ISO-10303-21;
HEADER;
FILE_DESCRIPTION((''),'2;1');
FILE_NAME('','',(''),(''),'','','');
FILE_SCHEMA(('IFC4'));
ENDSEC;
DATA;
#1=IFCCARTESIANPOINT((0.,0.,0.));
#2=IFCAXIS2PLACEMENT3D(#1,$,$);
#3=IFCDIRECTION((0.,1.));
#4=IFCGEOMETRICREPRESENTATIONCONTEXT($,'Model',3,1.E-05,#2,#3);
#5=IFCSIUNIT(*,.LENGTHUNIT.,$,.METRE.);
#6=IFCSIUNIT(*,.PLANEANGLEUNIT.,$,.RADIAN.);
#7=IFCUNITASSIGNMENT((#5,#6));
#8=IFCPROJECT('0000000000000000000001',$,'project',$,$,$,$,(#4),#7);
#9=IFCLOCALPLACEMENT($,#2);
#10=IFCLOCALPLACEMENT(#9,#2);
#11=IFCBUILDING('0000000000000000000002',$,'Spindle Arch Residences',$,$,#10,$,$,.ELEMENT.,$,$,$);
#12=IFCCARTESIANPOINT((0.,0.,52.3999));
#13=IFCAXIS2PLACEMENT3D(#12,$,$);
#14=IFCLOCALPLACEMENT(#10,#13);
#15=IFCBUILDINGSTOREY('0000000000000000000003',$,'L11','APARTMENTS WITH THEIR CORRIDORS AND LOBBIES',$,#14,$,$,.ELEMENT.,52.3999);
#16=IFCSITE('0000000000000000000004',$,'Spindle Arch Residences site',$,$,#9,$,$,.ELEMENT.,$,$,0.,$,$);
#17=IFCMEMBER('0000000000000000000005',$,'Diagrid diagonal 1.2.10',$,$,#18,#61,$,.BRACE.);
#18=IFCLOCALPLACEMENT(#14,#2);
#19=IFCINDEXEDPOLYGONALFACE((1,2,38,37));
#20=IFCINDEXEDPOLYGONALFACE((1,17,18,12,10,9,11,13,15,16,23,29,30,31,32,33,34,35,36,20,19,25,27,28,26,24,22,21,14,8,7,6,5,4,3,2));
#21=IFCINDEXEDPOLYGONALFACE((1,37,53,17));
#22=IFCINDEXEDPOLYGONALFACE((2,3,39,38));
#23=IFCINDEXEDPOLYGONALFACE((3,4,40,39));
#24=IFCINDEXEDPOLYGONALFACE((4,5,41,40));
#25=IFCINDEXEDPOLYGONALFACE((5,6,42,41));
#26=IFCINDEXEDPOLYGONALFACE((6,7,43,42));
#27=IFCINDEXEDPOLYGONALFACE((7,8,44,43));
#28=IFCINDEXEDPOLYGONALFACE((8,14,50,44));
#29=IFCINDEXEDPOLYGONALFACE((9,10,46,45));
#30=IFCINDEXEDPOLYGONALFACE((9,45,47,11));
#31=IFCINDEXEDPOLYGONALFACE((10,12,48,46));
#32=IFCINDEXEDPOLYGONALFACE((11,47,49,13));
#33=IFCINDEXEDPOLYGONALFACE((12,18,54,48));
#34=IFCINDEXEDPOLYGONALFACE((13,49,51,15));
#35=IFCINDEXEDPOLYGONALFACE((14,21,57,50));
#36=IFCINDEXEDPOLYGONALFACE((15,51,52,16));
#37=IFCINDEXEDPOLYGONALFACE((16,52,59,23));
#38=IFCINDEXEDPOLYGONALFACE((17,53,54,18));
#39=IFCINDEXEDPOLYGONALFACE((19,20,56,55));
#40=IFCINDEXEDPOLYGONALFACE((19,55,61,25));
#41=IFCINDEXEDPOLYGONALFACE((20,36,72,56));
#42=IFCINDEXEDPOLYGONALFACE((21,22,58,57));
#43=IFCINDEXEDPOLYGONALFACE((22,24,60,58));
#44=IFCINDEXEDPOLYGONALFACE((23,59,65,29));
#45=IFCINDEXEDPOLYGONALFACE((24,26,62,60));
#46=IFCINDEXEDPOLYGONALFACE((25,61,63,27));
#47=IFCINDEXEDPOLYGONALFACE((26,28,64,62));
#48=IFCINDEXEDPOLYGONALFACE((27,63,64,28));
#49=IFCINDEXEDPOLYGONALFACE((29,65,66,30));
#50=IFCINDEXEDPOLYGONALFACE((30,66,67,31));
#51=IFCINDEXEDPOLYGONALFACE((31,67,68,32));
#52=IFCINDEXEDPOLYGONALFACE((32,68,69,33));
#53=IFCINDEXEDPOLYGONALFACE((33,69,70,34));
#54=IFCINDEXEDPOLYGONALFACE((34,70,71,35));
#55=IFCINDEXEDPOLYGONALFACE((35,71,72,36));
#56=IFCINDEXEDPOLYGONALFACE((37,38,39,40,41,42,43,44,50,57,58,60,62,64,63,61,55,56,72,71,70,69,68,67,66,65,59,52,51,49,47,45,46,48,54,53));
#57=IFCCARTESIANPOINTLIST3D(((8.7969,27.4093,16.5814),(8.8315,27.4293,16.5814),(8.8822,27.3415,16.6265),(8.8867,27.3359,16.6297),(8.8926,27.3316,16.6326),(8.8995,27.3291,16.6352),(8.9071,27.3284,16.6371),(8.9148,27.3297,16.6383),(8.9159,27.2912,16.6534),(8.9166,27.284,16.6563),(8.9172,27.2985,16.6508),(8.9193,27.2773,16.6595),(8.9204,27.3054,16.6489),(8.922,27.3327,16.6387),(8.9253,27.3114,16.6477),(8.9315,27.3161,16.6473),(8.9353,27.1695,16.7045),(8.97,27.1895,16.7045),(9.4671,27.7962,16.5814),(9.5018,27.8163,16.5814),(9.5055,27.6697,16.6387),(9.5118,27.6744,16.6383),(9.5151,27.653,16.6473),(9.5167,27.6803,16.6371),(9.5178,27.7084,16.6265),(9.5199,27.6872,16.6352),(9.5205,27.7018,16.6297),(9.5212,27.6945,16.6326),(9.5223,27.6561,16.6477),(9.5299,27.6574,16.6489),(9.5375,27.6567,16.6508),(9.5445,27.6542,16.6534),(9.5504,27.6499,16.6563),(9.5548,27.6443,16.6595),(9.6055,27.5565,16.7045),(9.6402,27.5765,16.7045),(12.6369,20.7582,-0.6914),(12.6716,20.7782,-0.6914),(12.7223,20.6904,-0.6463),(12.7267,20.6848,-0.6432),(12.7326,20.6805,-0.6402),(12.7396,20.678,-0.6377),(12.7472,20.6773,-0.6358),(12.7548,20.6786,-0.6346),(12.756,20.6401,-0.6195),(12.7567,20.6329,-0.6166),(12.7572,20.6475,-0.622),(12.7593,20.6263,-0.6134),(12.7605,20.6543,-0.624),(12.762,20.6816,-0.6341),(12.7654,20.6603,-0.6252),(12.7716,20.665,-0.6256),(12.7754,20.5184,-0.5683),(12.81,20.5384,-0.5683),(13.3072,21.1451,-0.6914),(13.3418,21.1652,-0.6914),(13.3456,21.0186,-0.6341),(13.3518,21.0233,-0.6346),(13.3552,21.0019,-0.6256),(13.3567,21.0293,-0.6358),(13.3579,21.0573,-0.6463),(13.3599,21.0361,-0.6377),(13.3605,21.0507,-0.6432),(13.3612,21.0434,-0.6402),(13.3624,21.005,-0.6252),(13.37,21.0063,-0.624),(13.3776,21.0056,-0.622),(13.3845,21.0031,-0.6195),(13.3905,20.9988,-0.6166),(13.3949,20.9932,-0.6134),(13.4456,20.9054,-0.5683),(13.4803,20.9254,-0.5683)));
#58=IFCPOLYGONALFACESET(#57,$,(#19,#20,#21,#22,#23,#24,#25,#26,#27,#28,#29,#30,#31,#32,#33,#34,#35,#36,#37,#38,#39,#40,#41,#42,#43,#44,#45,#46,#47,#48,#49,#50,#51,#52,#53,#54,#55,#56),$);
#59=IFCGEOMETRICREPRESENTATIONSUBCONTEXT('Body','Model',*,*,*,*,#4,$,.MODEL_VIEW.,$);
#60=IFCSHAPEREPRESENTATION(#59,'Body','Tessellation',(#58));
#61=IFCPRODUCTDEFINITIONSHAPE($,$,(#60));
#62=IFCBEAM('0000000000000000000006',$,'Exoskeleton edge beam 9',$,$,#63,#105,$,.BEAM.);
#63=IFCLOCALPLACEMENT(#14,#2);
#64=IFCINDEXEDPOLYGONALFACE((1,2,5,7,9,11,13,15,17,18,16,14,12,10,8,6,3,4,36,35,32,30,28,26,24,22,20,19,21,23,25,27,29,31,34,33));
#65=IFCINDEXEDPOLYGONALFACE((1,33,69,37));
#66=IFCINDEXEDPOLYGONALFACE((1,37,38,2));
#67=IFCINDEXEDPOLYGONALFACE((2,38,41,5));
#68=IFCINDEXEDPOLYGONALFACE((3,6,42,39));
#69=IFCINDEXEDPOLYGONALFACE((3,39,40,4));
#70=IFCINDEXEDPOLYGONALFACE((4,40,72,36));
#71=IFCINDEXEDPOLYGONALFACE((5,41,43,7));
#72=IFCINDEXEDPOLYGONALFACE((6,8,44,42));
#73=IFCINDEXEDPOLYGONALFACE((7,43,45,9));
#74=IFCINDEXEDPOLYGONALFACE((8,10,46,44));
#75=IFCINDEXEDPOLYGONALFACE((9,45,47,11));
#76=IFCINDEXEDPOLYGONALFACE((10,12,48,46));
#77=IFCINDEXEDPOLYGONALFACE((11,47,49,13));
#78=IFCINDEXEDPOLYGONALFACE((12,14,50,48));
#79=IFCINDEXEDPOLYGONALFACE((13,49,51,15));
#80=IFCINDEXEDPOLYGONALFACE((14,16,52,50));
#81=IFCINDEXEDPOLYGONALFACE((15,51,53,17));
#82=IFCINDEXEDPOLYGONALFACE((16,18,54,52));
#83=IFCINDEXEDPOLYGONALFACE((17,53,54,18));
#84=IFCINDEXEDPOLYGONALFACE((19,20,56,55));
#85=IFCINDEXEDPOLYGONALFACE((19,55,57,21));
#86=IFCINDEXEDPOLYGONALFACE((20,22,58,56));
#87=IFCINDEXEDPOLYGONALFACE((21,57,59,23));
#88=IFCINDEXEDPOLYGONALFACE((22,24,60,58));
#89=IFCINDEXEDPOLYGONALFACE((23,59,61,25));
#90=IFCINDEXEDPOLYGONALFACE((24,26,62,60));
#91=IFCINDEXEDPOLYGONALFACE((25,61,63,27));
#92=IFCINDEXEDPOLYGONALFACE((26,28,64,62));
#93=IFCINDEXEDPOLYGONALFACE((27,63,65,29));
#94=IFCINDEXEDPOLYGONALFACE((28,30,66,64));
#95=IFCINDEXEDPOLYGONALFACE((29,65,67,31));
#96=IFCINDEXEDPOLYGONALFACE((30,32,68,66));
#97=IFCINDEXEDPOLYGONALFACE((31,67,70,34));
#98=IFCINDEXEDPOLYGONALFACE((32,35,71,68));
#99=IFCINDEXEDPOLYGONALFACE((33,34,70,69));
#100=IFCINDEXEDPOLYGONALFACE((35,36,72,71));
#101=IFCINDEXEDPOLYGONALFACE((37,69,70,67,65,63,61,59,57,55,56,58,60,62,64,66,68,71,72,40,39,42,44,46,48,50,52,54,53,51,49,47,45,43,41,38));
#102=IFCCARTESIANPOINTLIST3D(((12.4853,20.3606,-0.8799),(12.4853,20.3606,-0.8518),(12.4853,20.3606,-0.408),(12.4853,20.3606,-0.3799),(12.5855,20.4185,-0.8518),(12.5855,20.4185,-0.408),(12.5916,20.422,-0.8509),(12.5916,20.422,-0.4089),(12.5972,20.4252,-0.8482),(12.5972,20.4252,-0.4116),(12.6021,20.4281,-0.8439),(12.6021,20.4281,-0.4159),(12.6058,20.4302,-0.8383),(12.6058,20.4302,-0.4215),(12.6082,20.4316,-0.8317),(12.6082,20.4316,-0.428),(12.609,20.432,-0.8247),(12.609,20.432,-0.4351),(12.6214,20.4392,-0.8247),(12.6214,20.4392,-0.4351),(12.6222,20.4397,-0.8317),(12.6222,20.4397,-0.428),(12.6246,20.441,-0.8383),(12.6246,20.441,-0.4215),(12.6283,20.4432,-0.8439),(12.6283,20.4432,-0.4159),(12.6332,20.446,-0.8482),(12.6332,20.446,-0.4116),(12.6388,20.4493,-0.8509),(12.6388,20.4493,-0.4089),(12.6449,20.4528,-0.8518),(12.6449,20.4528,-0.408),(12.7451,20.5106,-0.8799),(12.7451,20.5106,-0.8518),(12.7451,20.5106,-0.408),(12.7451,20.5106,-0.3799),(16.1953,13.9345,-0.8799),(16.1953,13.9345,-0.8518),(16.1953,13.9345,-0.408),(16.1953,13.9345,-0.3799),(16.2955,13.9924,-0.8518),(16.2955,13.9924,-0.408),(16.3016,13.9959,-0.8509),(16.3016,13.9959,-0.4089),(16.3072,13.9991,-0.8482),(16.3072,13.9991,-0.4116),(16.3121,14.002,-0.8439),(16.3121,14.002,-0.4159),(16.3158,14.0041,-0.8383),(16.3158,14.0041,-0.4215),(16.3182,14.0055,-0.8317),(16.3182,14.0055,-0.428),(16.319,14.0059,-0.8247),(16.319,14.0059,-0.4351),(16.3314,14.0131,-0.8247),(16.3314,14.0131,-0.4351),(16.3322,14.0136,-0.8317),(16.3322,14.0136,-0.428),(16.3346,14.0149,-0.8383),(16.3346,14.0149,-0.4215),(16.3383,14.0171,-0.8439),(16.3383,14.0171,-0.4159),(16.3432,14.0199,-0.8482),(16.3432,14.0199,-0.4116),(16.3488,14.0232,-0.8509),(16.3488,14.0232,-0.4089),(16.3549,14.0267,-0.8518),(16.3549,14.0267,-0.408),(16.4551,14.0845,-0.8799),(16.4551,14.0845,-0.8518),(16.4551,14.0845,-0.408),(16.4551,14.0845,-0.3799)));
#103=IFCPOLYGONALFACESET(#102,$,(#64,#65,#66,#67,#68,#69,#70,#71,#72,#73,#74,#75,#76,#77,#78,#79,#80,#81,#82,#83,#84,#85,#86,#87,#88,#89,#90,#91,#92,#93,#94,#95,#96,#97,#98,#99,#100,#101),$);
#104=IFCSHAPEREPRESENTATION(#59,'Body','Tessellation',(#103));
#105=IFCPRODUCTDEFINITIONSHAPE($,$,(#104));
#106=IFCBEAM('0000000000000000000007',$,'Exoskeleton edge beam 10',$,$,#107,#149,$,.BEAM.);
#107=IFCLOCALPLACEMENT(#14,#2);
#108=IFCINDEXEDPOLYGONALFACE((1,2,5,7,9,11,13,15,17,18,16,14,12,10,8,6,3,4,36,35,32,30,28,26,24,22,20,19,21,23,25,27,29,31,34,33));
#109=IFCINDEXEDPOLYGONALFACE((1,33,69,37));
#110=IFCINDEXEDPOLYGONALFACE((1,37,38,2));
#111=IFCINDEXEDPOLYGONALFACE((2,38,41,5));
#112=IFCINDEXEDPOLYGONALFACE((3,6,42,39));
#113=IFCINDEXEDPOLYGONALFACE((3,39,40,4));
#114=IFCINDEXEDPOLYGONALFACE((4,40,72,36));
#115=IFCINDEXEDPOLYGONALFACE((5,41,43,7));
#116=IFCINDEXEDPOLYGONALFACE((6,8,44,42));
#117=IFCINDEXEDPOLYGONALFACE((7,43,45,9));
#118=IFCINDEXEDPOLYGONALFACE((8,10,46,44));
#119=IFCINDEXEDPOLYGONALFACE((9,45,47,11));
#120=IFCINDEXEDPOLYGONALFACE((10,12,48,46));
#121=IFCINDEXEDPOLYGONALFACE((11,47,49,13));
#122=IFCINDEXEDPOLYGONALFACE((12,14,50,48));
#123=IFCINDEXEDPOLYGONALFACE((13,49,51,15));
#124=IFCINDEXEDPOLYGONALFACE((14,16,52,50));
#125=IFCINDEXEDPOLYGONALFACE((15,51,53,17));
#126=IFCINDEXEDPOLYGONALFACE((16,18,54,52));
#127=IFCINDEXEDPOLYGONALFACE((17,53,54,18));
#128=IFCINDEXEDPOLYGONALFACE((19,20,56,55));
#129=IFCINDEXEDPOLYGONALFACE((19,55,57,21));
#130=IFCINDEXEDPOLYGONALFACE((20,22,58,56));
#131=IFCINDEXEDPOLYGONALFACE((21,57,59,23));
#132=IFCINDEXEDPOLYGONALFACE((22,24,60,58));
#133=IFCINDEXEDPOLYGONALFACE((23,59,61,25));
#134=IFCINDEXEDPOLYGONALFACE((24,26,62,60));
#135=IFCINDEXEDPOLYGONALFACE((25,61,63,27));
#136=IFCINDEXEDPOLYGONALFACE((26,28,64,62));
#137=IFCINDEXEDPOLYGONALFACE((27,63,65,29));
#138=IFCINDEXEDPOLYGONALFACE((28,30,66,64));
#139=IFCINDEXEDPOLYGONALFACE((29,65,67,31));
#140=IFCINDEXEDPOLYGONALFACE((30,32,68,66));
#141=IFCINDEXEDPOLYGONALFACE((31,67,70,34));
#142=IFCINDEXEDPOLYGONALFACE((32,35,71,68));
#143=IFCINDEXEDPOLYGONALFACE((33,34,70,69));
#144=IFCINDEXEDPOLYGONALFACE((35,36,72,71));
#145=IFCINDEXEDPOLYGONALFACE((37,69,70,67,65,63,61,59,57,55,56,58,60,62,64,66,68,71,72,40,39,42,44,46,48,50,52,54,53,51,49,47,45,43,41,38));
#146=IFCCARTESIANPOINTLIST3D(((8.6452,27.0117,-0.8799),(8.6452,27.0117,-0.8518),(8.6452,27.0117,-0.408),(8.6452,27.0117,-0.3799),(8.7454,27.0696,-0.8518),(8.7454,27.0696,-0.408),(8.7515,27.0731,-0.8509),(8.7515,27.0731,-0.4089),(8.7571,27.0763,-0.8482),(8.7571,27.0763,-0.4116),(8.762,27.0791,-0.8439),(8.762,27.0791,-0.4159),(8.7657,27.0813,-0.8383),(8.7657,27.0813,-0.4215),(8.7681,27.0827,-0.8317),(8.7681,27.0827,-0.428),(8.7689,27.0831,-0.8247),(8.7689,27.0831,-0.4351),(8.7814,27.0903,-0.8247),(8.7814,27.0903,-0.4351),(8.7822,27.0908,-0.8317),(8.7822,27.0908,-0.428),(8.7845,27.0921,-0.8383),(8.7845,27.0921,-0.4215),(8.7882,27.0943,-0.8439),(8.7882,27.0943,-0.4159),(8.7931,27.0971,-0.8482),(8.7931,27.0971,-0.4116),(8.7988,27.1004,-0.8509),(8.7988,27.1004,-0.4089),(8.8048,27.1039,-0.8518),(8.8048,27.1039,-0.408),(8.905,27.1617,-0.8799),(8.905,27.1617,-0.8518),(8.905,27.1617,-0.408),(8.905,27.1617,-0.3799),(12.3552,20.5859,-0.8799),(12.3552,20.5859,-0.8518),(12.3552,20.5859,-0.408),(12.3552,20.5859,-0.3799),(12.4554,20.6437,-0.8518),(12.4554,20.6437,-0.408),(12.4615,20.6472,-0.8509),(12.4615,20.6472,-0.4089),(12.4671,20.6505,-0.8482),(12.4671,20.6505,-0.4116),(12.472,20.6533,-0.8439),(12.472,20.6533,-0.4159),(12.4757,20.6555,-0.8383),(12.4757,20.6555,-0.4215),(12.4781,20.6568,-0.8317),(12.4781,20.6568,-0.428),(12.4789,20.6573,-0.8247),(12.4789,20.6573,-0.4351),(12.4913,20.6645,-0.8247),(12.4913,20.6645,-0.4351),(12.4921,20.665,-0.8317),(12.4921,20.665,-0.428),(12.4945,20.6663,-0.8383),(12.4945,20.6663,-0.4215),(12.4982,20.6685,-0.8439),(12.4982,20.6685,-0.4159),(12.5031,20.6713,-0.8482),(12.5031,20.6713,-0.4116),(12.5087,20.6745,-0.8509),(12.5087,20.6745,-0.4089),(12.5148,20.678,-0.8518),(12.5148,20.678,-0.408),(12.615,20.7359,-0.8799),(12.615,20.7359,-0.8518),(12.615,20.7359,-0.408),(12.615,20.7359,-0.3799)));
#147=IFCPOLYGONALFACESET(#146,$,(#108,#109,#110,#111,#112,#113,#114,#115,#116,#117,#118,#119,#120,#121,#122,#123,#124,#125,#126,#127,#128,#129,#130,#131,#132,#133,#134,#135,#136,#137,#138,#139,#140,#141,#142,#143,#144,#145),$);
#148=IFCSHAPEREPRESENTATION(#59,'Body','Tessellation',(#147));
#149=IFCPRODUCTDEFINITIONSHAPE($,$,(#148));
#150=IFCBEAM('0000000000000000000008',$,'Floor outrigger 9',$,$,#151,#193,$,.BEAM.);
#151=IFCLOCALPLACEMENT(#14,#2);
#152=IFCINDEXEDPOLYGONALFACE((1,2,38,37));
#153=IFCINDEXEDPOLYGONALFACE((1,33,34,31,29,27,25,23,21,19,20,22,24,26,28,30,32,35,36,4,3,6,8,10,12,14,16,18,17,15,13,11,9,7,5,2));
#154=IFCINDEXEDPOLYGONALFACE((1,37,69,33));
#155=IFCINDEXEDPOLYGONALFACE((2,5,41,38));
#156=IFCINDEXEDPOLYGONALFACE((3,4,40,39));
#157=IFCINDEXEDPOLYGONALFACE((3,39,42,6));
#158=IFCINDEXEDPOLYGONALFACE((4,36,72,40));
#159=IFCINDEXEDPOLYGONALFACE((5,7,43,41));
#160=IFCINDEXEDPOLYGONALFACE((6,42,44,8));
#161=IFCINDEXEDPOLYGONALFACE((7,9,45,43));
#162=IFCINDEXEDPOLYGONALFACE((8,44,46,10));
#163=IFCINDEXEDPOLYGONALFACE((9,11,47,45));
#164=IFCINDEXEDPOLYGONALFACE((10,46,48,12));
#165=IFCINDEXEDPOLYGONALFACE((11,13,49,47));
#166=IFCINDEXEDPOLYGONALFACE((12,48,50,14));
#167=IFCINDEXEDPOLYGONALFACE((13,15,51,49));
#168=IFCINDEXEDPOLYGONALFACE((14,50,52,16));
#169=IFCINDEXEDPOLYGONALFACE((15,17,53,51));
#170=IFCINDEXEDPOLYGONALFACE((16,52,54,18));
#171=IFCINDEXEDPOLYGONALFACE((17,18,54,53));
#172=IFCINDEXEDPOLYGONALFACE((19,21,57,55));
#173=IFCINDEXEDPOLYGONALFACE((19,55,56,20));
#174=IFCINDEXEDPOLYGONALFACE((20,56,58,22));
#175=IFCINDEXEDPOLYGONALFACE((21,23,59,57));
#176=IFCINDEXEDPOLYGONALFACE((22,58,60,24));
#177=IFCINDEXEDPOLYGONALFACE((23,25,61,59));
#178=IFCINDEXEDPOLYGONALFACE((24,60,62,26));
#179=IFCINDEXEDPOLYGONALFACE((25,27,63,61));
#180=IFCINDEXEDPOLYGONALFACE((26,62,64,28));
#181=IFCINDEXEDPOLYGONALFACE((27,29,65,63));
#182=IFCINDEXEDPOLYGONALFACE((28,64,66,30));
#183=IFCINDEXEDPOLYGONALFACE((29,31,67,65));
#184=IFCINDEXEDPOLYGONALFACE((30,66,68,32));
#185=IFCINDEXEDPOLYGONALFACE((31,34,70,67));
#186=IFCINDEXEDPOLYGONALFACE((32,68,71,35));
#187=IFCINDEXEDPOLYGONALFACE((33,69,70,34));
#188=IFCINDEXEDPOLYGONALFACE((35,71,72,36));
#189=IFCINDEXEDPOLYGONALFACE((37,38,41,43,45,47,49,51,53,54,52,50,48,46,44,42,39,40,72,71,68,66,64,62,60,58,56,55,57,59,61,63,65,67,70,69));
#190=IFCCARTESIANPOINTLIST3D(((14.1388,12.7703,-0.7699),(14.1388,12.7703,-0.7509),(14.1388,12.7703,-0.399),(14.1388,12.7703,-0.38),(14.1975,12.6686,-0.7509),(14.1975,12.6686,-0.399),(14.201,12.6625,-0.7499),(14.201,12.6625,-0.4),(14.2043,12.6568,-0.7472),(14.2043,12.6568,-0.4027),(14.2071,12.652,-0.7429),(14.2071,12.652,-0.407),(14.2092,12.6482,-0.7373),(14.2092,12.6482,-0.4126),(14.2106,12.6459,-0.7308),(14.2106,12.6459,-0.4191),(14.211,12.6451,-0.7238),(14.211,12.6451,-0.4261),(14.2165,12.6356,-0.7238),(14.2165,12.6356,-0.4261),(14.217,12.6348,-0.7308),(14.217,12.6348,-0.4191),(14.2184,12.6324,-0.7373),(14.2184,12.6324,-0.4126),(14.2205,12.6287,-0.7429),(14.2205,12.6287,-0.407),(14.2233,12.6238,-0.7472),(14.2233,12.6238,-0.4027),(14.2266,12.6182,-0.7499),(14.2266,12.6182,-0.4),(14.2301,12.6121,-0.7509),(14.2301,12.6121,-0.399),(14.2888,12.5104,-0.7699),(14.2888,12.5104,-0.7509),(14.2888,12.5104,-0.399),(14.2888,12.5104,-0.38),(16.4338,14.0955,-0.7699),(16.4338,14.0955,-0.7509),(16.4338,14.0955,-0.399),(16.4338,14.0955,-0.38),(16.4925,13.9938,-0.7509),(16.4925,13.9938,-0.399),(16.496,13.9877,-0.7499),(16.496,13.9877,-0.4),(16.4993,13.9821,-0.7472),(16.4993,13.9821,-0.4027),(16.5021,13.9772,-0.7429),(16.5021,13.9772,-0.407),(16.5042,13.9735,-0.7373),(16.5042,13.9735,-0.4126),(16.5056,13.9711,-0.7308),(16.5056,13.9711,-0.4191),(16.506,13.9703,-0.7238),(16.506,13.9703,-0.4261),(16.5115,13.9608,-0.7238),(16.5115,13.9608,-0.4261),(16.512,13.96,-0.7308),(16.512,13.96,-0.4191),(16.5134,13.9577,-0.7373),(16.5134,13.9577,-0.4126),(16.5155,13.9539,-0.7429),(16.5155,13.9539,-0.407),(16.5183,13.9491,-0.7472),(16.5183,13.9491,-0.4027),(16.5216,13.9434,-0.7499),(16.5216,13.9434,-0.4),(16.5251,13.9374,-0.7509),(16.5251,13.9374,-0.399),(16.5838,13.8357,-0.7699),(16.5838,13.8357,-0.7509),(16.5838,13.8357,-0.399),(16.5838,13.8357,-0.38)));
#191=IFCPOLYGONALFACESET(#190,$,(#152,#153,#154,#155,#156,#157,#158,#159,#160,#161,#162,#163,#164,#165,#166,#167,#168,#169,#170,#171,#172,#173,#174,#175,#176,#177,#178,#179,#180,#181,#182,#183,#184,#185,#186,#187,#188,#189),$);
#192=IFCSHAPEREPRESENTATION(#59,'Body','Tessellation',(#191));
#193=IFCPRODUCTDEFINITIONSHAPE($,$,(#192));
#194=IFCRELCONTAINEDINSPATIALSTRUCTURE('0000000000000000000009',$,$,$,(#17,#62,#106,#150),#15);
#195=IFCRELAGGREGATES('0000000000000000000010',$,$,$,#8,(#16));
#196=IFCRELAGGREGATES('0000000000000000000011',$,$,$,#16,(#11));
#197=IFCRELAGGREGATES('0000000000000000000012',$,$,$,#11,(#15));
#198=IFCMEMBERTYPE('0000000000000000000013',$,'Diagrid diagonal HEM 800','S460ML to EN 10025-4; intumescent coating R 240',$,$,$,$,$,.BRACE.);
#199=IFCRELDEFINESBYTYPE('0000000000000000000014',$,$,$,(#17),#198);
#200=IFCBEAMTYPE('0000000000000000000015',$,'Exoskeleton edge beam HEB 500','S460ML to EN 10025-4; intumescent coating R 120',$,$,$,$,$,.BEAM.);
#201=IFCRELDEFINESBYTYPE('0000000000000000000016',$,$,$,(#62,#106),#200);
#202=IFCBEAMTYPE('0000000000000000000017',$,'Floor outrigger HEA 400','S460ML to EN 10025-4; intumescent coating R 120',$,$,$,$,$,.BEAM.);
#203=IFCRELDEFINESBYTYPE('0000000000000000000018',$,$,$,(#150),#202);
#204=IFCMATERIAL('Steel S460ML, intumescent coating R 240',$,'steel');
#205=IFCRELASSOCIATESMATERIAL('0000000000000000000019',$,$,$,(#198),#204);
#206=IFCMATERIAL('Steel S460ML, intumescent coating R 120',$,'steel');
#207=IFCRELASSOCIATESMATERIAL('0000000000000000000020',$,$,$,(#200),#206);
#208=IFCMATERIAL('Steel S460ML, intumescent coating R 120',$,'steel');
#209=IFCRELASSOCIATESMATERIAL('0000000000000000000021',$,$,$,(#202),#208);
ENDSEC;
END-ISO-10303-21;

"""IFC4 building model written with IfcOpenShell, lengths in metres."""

from ifc_helpers import new_model, si_unit, direction, frame, origin, origin_2d, place, context, subcontext, project, spatial, i_section, extrude, material, material_profile, profile_set, type_object, element, save


model = new_model("IFC4")

# Units and contexts
model_context = context("Model", 3, precision=1e-05, world=origin(), true_north=direction((0.0, 1.0)))
body_context = subcontext(model_context, "Body", "Model", "MODEL_VIEW")
ifc_project = project(units=[si_unit("LENGTHUNIT", "METRE"), si_unit("PLANEANGLEUNIT", "RADIAN")], contexts=[model_context])

# Site, building, storey
site_placement = place(None, origin())
site = spatial("IfcSite", under=ifc_project, at=site_placement, Name="Spindle Arch Residences site", CompositionType="ELEMENT", RefElevation=0.0)
building_placement = place(site_placement, origin())
building = spatial("IfcBuilding", under=site, at=building_placement, Name="Spindle Arch Residences", CompositionType="ELEMENT")
storey_placement = place(building_placement, frame((0.0, 0.0, 52.3999)))
storey = spatial("IfcBuildingStorey", under=building, at=storey_placement, Name="L11", Description="APARTMENTS WITH THEIR CORRIDORS AND LOBBIES", CompositionType="ELEMENT", Elevation=52.3999)

# Member
ifc_material_1 = material(Name="Steel S460ML, intumescent coating R 240", Category="steel")
ifc_material_profile_1 = material_profile(ifc_material_1, i_section(OverallWidth=0.303, OverallDepth=0.814, WebThickness=0.021, FlangeThickness=0.04, FilletRadius=0.03, at=origin_2d()), Name="HEM 800")
ifc_profile_set_1 = profile_set([ifc_material_profile_1], Name="Steel S460ML, intumescent coating R 240")
member_type_1 = type_object("IfcMemberType", Name="Diagrid diagonal HEM 800", Description="S460ML to EN 10025-4; intumescent coating R 240", PredefinedType="BRACE", material=ifc_profile_set_1)
member_1_placement = place(storey_placement, frame((13.0586, 20.8418, -0.6299), z_axis=(-0.203143, 0.351848, 0.913748), x_axis=(0.45688, -0.791326, 0.406281)))
element("IfcMember", 1, at=member_1_placement, inside=storey, type_object=member_type_1, Name="Diagrid diagonal 1.2.10", PredefinedType="BRACE", context=body_context, shape_type="SweptSolid", body=[
    extrude(i_section(OverallWidth=0.303, OverallDepth=0.814, WebThickness=0.021, FlangeThickness=0.04, FilletRadius=0.03, at=origin_2d()), origin(), (0.0, 0.0, 1.0), 18.9033),
])

# Beams
ifc_material_2 = material(Name="Steel S460ML, intumescent coating R 120", Category="steel")
ifc_material_profile_2 = material_profile(ifc_material_2, i_section(OverallWidth=0.3, OverallDepth=0.5, WebThickness=0.0144, FlangeThickness=0.0281, FilletRadius=0.0271, at=origin_2d()), Name="HEB 500")
ifc_profile_set_2 = profile_set([ifc_material_profile_2], Name="Steel S460ML, intumescent coating R 120")
beam_type_1 = type_object("IfcBeamType", Name="Exoskeleton edge beam HEB 500", Description="S460ML to EN 10025-4; intumescent coating R 120", PredefinedType="BEAM", material=ifc_profile_set_2)
beam_1_placement = place(storey_placement, frame((16.3252, 14.0095, -0.6299), z_axis=(-0.499989, 0.866032, 0.0), x_axis=(-0.866032, -0.499989, 0.0)))
element("IfcBeam", 2, at=beam_1_placement, inside=storey, type_object=beam_type_1, Name="Exoskeleton edge beam 9", PredefinedType="BEAM", context=body_context, shape_type="SweptSolid", body=[
    extrude(i_section(OverallWidth=0.3, OverallDepth=0.5, WebThickness=0.0144, FlangeThickness=0.0281, FilletRadius=0.0271, at=origin_2d()), origin(), (0.0, 0.0, 1.0), 7.4202),
])
beam_2_placement = place(storey_placement, frame((12.4851, 20.6609, -0.6299), z_axis=(-0.500003, 0.866023, 0.0), x_axis=(-0.866023, -0.500003, 0.0)))
element("IfcBeam", 3, at=beam_2_placement, inside=storey, type_object=beam_type_1, Name="Exoskeleton edge beam 10", PredefinedType="BEAM", context=body_context, shape_type="SweptSolid", body=[
    extrude(i_section(OverallWidth=0.3, OverallDepth=0.5, WebThickness=0.0144, FlangeThickness=0.0281, FilletRadius=0.0271, at=origin_2d()), origin(), (0.0, 0.0, 1.0), 7.4199),
])
ifc_material_3 = material(Name="Steel S460ML, intumescent coating R 120", Category="steel")
ifc_material_profile_3 = material_profile(ifc_material_3, i_section(OverallWidth=0.3, OverallDepth=0.3899, WebThickness=0.011, FlangeThickness=0.019, FilletRadius=0.0271, at=origin_2d()), Name="HEA 400")
ifc_profile_set_3 = profile_set([ifc_material_profile_3], Name="Steel S460ML, intumescent coating R 120")
beam_type_2 = type_object("IfcBeamType", Name="Floor outrigger HEA 400", Description="S460ML to EN 10025-4; intumescent coating R 120", PredefinedType="BEAM", material=ifc_profile_set_3)
for number, where, z_axis, x_axis, name in (
    (4, (16.5088, 13.9656, -0.575), (-0.865989, -0.500063, 0.0), (0.500063, -0.865989, 0.0), "Floor outrigger 9"),
):
    element("IfcBeam", number, at=place(storey_placement, frame(where, z_axis=z_axis, x_axis=x_axis)), inside=storey, type_object=beam_type_2, Name=name, PredefinedType="BEAM", context=body_context, shape_type="SweptSolid", body=[
        extrude(i_section(OverallWidth=0.3, OverallDepth=0.3899, WebThickness=0.011, FlangeThickness=0.019, FilletRadius=0.0271, at=origin_2d()), origin(), (0.0, 0.0, 1.0), 2.6501),
    ])

save(model, "model.ifc")
